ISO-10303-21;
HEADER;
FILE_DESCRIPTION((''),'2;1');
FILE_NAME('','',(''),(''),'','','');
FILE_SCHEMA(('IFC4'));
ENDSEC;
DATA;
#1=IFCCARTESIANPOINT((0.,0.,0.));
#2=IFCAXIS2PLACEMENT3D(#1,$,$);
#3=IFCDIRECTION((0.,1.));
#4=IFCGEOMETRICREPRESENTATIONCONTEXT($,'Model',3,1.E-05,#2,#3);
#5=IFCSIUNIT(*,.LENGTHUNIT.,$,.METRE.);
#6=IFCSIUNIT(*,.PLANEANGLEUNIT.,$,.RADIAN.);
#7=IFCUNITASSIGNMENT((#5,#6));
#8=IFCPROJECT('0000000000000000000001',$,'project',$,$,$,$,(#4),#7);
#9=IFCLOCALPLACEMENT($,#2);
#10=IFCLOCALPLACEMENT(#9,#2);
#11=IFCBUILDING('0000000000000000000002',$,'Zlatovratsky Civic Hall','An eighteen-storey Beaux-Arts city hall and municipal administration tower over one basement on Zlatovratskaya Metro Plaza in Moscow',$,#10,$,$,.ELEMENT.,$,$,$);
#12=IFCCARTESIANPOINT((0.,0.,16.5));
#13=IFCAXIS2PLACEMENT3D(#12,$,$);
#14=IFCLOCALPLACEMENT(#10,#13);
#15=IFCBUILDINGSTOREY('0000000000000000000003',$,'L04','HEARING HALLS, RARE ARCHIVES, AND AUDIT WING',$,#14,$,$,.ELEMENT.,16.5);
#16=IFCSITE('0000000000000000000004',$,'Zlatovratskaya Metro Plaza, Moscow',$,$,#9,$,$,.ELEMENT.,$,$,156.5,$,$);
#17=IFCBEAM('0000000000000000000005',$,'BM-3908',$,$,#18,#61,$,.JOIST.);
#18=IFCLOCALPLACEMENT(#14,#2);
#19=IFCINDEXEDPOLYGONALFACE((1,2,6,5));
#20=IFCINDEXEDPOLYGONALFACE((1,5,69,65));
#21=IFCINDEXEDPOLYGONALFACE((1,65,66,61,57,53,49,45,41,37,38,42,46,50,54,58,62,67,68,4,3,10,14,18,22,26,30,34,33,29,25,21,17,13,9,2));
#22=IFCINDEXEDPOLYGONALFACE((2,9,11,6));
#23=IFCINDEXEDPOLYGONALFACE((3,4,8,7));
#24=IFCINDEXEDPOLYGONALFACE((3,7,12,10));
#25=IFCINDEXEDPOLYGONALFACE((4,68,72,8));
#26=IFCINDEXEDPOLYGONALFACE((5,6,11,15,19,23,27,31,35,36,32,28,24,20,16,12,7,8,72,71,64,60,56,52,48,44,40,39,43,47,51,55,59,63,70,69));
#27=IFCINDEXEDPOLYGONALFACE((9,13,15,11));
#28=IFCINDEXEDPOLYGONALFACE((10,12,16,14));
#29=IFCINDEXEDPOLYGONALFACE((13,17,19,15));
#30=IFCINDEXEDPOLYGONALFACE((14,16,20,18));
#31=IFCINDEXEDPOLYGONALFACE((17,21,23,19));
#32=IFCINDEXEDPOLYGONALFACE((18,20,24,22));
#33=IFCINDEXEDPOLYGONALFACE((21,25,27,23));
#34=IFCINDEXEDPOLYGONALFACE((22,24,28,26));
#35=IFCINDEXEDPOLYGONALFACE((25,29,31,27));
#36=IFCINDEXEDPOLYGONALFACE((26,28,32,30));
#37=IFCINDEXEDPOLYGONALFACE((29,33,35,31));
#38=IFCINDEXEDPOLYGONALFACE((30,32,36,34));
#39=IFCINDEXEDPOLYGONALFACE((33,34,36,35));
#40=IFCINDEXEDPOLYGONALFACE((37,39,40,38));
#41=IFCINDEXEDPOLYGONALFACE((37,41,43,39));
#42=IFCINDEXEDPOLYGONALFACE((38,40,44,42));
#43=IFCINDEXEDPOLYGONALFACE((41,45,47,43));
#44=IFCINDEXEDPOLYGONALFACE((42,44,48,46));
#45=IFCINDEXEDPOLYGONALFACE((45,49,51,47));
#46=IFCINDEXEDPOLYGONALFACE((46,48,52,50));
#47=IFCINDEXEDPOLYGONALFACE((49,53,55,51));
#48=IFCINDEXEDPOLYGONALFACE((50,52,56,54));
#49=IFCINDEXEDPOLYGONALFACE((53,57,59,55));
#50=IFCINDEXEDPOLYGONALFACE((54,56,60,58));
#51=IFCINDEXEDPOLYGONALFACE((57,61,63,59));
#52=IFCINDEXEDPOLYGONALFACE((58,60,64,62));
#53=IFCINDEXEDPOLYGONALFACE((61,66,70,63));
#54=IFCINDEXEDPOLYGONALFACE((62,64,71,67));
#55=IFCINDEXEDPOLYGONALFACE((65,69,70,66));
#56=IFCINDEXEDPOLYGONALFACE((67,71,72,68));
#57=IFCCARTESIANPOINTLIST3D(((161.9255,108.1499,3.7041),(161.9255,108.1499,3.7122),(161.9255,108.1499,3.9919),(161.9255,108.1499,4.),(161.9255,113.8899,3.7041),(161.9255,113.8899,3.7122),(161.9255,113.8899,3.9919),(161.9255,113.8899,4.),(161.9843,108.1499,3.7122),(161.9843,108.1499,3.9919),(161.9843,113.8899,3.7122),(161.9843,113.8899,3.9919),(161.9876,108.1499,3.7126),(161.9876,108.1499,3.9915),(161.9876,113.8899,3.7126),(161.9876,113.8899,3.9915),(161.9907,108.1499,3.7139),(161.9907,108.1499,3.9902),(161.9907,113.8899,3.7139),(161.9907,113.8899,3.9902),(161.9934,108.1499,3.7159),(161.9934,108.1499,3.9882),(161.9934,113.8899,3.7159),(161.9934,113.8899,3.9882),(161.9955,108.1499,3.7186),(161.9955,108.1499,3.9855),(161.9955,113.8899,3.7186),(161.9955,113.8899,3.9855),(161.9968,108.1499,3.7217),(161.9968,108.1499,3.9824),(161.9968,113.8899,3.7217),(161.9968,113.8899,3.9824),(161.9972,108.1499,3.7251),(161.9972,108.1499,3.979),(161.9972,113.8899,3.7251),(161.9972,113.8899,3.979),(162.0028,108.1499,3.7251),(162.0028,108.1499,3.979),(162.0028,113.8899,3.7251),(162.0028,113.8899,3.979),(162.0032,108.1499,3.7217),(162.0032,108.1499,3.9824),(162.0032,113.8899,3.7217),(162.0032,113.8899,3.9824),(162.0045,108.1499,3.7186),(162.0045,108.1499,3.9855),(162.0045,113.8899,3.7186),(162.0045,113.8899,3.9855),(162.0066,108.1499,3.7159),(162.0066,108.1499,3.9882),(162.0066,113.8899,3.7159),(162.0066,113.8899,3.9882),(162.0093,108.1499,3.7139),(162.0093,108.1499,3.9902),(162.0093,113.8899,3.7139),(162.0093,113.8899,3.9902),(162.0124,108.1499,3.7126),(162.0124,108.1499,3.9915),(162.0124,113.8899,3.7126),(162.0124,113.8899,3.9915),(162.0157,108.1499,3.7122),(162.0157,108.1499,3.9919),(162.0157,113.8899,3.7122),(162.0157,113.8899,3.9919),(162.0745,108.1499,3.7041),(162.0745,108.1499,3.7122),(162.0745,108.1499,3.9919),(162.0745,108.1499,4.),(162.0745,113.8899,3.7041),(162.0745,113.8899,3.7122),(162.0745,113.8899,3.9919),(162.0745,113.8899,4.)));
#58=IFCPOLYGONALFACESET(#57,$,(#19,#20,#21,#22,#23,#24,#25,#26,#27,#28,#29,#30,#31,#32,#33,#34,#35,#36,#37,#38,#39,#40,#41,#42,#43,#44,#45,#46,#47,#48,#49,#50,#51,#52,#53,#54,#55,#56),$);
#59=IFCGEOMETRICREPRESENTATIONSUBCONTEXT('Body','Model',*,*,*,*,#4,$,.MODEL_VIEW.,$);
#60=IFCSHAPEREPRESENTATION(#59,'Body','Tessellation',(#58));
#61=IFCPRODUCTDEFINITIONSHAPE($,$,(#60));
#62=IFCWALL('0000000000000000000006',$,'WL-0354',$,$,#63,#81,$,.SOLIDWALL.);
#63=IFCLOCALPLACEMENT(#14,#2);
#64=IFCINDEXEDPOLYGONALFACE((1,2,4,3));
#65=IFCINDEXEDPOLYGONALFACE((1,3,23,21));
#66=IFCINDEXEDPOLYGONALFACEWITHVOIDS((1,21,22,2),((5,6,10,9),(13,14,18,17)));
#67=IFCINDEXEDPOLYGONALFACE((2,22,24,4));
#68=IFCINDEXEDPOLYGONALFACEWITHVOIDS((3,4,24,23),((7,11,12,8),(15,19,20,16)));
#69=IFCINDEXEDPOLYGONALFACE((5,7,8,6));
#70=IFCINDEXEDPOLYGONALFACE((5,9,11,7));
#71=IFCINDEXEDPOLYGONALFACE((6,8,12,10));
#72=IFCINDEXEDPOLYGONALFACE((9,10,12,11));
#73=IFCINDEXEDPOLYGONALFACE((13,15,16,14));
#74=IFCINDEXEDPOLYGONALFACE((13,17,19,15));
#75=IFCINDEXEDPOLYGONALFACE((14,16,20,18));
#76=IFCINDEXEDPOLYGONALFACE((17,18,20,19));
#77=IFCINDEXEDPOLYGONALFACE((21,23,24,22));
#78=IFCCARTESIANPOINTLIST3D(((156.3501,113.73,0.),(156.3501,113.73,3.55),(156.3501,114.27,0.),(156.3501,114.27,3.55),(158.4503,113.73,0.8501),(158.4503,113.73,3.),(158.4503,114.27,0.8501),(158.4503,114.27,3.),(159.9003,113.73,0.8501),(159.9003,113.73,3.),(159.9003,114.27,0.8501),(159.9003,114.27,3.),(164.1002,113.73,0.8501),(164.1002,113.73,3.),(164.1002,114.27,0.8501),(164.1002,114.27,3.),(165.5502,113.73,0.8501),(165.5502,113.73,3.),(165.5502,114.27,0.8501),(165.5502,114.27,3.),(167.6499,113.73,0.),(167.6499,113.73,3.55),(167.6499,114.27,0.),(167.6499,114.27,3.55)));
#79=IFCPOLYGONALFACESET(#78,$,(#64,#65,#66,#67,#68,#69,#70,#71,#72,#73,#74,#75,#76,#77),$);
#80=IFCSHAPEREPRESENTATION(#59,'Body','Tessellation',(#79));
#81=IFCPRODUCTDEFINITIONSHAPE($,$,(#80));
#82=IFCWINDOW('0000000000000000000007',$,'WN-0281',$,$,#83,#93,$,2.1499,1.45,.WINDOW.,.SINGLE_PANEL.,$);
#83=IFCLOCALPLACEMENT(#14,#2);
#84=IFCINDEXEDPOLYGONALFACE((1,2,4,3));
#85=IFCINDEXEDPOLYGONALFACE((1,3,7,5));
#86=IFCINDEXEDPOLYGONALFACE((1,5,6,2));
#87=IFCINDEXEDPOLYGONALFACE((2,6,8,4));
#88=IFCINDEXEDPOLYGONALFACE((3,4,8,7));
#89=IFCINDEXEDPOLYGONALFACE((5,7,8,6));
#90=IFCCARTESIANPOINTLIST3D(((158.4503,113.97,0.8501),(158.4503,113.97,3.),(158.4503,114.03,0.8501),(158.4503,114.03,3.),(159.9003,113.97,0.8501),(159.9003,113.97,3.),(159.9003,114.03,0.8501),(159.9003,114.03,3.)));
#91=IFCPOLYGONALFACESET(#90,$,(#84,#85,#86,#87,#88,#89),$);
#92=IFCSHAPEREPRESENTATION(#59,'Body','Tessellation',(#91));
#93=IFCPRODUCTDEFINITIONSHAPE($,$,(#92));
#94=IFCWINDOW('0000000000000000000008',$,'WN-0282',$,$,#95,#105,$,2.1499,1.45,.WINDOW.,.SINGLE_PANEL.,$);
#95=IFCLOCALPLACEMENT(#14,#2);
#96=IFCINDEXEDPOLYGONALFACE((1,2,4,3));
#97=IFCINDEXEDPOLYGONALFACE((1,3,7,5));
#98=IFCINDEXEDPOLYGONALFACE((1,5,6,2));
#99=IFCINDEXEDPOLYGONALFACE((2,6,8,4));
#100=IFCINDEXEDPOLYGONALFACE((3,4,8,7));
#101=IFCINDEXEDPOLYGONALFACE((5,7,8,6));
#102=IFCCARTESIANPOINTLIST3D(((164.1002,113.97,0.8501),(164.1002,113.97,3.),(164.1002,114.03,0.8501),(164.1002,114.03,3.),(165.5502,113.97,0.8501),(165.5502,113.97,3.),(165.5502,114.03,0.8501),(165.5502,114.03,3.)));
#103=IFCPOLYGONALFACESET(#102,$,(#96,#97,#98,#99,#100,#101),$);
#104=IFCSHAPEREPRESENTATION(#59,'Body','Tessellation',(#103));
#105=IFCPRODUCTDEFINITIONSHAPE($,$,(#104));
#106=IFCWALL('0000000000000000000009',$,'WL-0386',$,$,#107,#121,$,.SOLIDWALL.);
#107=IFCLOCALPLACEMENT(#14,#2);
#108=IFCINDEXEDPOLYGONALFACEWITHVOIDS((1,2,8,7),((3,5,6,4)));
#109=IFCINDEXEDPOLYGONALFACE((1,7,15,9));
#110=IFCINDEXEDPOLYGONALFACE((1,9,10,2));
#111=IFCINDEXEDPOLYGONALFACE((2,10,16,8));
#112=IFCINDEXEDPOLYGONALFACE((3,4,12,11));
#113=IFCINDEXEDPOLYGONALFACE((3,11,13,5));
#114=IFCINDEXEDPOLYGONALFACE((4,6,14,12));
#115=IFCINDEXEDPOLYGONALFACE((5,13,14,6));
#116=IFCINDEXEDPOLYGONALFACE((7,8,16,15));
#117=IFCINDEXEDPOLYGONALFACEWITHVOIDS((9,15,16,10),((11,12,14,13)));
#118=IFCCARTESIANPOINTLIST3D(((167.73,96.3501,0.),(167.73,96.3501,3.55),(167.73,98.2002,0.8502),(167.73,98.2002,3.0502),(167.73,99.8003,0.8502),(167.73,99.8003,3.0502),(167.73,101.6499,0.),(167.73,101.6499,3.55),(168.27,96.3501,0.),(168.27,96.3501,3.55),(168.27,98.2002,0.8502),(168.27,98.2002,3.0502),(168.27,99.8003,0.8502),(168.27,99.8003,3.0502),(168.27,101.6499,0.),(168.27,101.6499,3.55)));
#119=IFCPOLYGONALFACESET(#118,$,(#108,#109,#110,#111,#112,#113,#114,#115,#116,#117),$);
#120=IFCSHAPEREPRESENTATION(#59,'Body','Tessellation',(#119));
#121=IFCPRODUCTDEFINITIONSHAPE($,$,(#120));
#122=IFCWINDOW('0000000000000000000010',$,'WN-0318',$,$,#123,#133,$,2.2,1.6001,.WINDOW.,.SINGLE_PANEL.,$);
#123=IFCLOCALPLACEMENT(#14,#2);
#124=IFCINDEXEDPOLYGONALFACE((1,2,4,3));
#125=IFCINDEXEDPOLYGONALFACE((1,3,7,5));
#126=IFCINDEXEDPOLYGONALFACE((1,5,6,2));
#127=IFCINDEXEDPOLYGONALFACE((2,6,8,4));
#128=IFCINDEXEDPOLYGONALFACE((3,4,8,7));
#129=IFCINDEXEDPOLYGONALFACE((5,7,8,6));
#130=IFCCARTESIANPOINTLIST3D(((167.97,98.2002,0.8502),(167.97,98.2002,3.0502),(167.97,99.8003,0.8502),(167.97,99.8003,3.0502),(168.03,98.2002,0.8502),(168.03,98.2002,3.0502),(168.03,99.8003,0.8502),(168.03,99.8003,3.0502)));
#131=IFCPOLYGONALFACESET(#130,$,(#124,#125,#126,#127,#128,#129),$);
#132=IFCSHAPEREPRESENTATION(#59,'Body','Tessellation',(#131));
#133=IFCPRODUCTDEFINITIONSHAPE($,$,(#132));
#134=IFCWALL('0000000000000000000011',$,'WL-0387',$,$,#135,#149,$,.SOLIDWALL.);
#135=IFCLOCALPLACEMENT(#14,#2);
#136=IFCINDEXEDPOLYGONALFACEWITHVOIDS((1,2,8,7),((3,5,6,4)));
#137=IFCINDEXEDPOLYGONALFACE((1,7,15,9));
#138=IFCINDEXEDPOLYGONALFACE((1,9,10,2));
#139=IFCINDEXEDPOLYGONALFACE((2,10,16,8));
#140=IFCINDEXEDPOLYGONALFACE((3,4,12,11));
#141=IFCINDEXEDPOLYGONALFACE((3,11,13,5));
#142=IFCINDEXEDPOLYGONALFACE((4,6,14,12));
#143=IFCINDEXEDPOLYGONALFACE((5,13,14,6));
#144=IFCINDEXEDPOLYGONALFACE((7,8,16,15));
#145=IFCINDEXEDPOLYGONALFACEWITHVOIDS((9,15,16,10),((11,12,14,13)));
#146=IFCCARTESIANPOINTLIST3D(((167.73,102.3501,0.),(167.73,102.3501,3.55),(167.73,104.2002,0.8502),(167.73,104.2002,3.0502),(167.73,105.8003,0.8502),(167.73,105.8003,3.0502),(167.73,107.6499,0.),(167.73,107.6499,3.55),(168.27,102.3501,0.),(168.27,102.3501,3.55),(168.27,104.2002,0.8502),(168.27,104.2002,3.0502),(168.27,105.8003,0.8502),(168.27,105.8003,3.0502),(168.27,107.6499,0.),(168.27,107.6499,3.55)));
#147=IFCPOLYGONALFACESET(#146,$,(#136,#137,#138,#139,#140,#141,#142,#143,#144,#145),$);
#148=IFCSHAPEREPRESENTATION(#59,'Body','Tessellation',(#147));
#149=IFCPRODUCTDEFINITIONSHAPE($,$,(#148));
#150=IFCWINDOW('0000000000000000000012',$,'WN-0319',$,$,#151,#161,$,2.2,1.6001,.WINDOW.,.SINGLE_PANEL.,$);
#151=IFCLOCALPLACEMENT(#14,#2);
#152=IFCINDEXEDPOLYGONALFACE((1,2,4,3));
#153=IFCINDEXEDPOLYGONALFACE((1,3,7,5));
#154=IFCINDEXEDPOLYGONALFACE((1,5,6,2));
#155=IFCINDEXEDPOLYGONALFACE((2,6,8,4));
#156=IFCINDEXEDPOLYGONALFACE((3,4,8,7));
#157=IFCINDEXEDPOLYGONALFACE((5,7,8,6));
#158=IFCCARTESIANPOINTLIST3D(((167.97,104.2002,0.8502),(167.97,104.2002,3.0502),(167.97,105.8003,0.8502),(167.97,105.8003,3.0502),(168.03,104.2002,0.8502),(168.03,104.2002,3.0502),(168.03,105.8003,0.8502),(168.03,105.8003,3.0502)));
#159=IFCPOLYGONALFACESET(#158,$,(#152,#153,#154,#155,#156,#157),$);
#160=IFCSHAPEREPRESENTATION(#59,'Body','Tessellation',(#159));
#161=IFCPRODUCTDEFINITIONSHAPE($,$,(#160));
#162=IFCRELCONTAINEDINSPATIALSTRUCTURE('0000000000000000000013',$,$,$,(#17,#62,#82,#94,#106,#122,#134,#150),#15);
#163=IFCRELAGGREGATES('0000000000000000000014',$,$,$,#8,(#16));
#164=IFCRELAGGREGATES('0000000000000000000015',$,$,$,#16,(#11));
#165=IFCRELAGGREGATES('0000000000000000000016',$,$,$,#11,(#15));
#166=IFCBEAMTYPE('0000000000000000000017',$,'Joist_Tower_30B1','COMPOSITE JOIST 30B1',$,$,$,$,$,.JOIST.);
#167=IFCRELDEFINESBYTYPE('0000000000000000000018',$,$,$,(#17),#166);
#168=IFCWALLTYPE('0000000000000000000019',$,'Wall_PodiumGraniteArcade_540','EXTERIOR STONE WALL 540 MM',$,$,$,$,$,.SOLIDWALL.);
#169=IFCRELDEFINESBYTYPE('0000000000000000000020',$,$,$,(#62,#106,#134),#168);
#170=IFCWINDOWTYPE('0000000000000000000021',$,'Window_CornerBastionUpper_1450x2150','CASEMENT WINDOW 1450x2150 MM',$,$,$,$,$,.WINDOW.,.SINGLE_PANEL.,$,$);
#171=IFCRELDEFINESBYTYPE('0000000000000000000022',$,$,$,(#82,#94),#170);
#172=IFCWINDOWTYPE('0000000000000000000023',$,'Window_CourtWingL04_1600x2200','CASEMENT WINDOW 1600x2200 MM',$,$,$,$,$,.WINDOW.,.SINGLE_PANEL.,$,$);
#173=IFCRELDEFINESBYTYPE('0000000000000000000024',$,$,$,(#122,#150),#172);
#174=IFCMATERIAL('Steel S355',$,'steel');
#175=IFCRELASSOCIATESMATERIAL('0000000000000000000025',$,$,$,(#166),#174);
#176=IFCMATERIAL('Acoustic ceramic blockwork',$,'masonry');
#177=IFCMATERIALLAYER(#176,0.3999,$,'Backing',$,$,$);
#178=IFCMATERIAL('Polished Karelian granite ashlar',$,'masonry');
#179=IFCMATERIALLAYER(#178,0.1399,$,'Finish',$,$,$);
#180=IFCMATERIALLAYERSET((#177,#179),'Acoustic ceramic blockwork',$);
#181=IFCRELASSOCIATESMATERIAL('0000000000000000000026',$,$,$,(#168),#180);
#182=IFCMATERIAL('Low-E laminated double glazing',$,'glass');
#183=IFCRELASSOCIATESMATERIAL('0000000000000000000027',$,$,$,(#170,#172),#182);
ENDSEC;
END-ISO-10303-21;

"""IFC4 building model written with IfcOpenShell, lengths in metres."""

from ifc_helpers import new_model, si_unit, direction, frame, frame_2d, origin, origin_2d, place, context, subcontext, project, spatial, rectangle, i_section, extrude, material, layer, layer_set, material_profile, profile_set, type_object, element, fill, save


model = new_model("IFC4")

# Units and contexts
model_context = context("Model", 3, precision=1e-05, world=origin(), true_north=direction((0.0, 1.0)))
body_context = subcontext(model_context, "Body", "Model", "MODEL_VIEW")
ifc_project = project(units=[si_unit("LENGTHUNIT", "METRE"), si_unit("PLANEANGLEUNIT", "RADIAN")], contexts=[model_context])

# Site, building, storey
site_placement = place(None, origin())
site = spatial("IfcSite", under=ifc_project, at=site_placement, Name="Zlatovratskaya Metro Plaza, Moscow", CompositionType="ELEMENT", RefElevation=156.5)
building_placement = place(site_placement, origin())
building = spatial("IfcBuilding", under=site, at=building_placement, Name="Zlatovratsky Civic Hall", Description="An eighteen-storey Beaux-Arts city hall and municipal administration tower over one basement on Zlatovratskaya Metro Plaza in Moscow", CompositionType="ELEMENT")
storey_placement = place(building_placement, frame((0.0, 0.0, 16.5)))
storey = spatial("IfcBuildingStorey", under=building, at=storey_placement, Name="L04", Description="HEARING HALLS, RARE ARCHIVES, AND AUDIT WING", CompositionType="ELEMENT", Elevation=16.5)

# Beam
ifc_material_1 = material(Name="Steel S355", Category="steel")
ifc_material_profile_1 = material_profile(ifc_material_1, i_section(OverallWidth=0.1489, OverallDepth=0.2959, WebThickness=0.0056, FlangeThickness=0.0081, FilletRadius=0.0129, at=origin_2d()), Name="30B1")
ifc_profile_set_1 = profile_set([ifc_material_profile_1], Name="Steel S355")
beam_type_1 = type_object("IfcBeamType", Name="Joist_Tower_30B1", Description="COMPOSITE JOIST 30B1", PredefinedType="JOIST", material=ifc_profile_set_1)
beam_1_placement = place(storey_placement, frame((162.0, 108.1499, 3.8521), z_axis=(0.0, 1.0, 0.0), x_axis=(-1.0, 0.0, 0.0)))
element("IfcBeam", 1, at=beam_1_placement, inside=storey, type_object=beam_type_1, Name="BM-3908", PredefinedType="JOIST", context=body_context, shape_type="SweptSolid", body=[
    extrude(i_section(OverallWidth=0.1489, OverallDepth=0.2959, WebThickness=0.0056, FlangeThickness=0.0081, FilletRadius=0.0129, at=origin_2d()), origin(), (0.0, 0.0, 1.0), 5.74),
])

# Wall, openings, windows
ifc_material_2 = material(Name="Acoustic ceramic blockwork", Category="masonry")
ifc_layer_1 = layer(ifc_material_2, 0.3999, Name="Backing")
ifc_material_3 = material(Name="Polished Karelian granite ashlar", Category="masonry")
ifc_layer_2 = layer(ifc_material_3, 0.1399, Name="Finish")
ifc_layer_set = layer_set([ifc_layer_1, ifc_layer_2], Name="Acoustic ceramic blockwork")
wall_type = type_object("IfcWallType", Name="Wall_PodiumGraniteArcade_540", Description="EXTERIOR STONE WALL 540 MM", PredefinedType="SOLIDWALL", material=ifc_layer_set)
wall_1_placement = place(storey_placement, frame((156.3501, 114.0, 0.0), z_axis=(0.0, 0.0, 1.0), x_axis=(1.0, 0.0, 0.0)))
wall_1 = element("IfcWall", 2, at=wall_1_placement, inside=storey, type_object=wall_type, Name="WL-0354", PredefinedType="SOLIDWALL", context=body_context, shape_type="SweptSolid", body=[
    extrude(rectangle(XDim=11.2998, YDim=0.54, at=frame_2d((5.6499, 0.0))), origin(), (0.0, 0.0, 1.0), 3.55),
])
opening_1_placement = place(wall_1_placement, frame((2.1001, 0.0, 0.8501)))
opening_1 = element("IfcOpeningElement", 3, at=opening_1_placement, cuts=wall_1, PredefinedType="OPENING", context=body_context, shape_type="SweptSolid", body=[
    extrude(rectangle(XDim=1.45, YDim=2.1499, at=frame_2d((0.7251, 1.075))), frame((0.0, 0.2849, 0.0), z_axis=(0.0, -1.0, 0.0), x_axis=(1.0, 0.0, 0.0)), (0.0, 0.0, 1.0), 0.5698),
])
opening_2_placement = place(wall_1_placement, frame((7.75, 0.0, 0.8501)))
opening_2 = element("IfcOpeningElement", 4, at=opening_2_placement, cuts=wall_1, PredefinedType="OPENING", context=body_context, shape_type="SweptSolid", body=[
    extrude(rectangle(XDim=1.45, YDim=2.1499, at=frame_2d((0.7251, 1.075))), frame((0.0, 0.2849, 0.0), z_axis=(0.0, -1.0, 0.0), x_axis=(1.0, 0.0, 0.0)), (0.0, 0.0, 1.0), 0.5698),
])
ifc_material_4 = material(Name="Low-E laminated double glazing", Category="glass")
window_type_1 = type_object("IfcWindowType", Name="Window_CornerBastionUpper_1450x2150", Description="CASEMENT WINDOW 1450x2150 MM", PartitioningType="SINGLE_PANEL", PredefinedType="WINDOW", material=ifc_material_4)
window_1_placement = place(opening_1_placement, origin())
window_1 = element("IfcWindow", 5, at=window_1_placement, inside=storey, type_object=window_type_1, Name="WN-0281", OverallHeight=2.1499, OverallWidth=1.45, PartitioningType="SINGLE_PANEL", PredefinedType="WINDOW", context=body_context, shape_type="SweptSolid", body=[
    extrude(rectangle(XDim=1.45, YDim=2.1499, at=frame_2d((0.7251, 1.075))), frame((0.0, 0.03, 0.0), z_axis=(0.0, -1.0, 0.0), x_axis=(1.0, 0.0, 0.0)), (0.0, 0.0, 1.0), 0.0601),
])
fill(opening_1, window_1)
window_2_placement = place(opening_2_placement, origin())
window_2 = element("IfcWindow", 6, at=window_2_placement, inside=storey, type_object=window_type_1, Name="WN-0282", OverallHeight=2.1499, OverallWidth=1.45, PartitioningType="SINGLE_PANEL", PredefinedType="WINDOW", context=body_context, shape_type="SweptSolid", body=[
    extrude(rectangle(XDim=1.45, YDim=2.1499, at=frame_2d((0.7251, 1.075))), frame((0.0, 0.03, 0.0), z_axis=(0.0, -1.0, 0.0), x_axis=(1.0, 0.0, 0.0)), (0.0, 0.0, 1.0), 0.0601),
])
fill(opening_2, window_2)

# Walls, openings, windows
wall_2_placement = place(storey_placement, frame((168.0, 96.3501, 0.0), z_axis=(0.0, 0.0, 1.0), x_axis=(0.0, 1.0, 0.0)))
wall_2 = element("IfcWall", 7, at=wall_2_placement, inside=storey, type_object=wall_type, Name="WL-0386", PredefinedType="SOLIDWALL", context=body_context, shape_type="SweptSolid", body=[
    extrude(rectangle(XDim=5.2998, YDim=0.54, at=frame_2d((2.6499, 0.0))), origin(), (0.0, 0.0, 1.0), 3.55),
])
opening_3_placement = place(wall_2_placement, frame((1.8501, 0.0, 0.8501)))
opening_3 = element("IfcOpeningElement", 8, at=opening_3_placement, cuts=wall_2, PredefinedType="OPENING", context=body_context, shape_type="SweptSolid", body=[
    extrude(rectangle(XDim=1.6001, YDim=2.2, at=frame_2d((0.8, 1.1001))), frame((0.0, 0.2849, 0.0), z_axis=(0.0, -1.0, 0.0), x_axis=(1.0, 0.0, 0.0)), (0.0, 0.0, 1.0), 0.5698),
])
window_type_2 = type_object("IfcWindowType", Name="Window_CourtWingL04_1600x2200", Description="CASEMENT WINDOW 1600x2200 MM", PartitioningType="SINGLE_PANEL", PredefinedType="WINDOW", material=ifc_material_4)
window_3_placement = place(opening_3_placement, origin())
window_3 = element("IfcWindow", 9, at=window_3_placement, inside=storey, type_object=window_type_2, Name="WN-0318", OverallHeight=2.2, OverallWidth=1.6001, PartitioningType="SINGLE_PANEL", PredefinedType="WINDOW", context=body_context, shape_type="SweptSolid", body=[
    extrude(rectangle(XDim=1.6001, YDim=2.2, at=frame_2d((0.8, 1.1001))), frame((0.0, 0.03, 0.0), z_axis=(0.0, -1.0, 0.0), x_axis=(1.0, 0.0, 0.0)), (0.0, 0.0, 1.0), 0.0601),
])
fill(opening_3, window_3)
wall_3_placement = place(storey_placement, frame((168.0, 102.3501, 0.0), z_axis=(0.0, 0.0, 1.0), x_axis=(0.0, 1.0, 0.0)))
wall_3 = element("IfcWall", 10, at=wall_3_placement, inside=storey, type_object=wall_type, Name="WL-0387", PredefinedType="SOLIDWALL", context=body_context, shape_type="SweptSolid", body=[
    extrude(rectangle(XDim=5.2998, YDim=0.54, at=frame_2d((2.6499, 0.0))), origin(), (0.0, 0.0, 1.0), 3.55),
])
opening_4_placement = place(wall_3_placement, frame((1.8501, 0.0, 0.8501)))
opening_4 = element("IfcOpeningElement", 11, at=opening_4_placement, cuts=wall_3, PredefinedType="OPENING", context=body_context, shape_type="SweptSolid", body=[
    extrude(rectangle(XDim=1.6001, YDim=2.2, at=frame_2d((0.8, 1.1001))), frame((0.0, 0.2849, 0.0), z_axis=(0.0, -1.0, 0.0), x_axis=(1.0, 0.0, 0.0)), (0.0, 0.0, 1.0), 0.5698),
])
window_4_placement = place(opening_4_placement, origin())
window_4 = element("IfcWindow", 12, at=window_4_placement, inside=storey, type_object=window_type_2, Name="WN-0319", OverallHeight=2.2, OverallWidth=1.6001, PartitioningType="SINGLE_PANEL", PredefinedType="WINDOW", context=body_context, shape_type="SweptSolid", body=[
    extrude(rectangle(XDim=1.6001, YDim=2.2, at=frame_2d((0.8, 1.1001))), frame((0.0, 0.03, 0.0), z_axis=(0.0, -1.0, 0.0), x_axis=(1.0, 0.0, 0.0)), (0.0, 0.0, 1.0), 0.0601),
])
fill(opening_4, window_4)

save(model, "model.ifc")
